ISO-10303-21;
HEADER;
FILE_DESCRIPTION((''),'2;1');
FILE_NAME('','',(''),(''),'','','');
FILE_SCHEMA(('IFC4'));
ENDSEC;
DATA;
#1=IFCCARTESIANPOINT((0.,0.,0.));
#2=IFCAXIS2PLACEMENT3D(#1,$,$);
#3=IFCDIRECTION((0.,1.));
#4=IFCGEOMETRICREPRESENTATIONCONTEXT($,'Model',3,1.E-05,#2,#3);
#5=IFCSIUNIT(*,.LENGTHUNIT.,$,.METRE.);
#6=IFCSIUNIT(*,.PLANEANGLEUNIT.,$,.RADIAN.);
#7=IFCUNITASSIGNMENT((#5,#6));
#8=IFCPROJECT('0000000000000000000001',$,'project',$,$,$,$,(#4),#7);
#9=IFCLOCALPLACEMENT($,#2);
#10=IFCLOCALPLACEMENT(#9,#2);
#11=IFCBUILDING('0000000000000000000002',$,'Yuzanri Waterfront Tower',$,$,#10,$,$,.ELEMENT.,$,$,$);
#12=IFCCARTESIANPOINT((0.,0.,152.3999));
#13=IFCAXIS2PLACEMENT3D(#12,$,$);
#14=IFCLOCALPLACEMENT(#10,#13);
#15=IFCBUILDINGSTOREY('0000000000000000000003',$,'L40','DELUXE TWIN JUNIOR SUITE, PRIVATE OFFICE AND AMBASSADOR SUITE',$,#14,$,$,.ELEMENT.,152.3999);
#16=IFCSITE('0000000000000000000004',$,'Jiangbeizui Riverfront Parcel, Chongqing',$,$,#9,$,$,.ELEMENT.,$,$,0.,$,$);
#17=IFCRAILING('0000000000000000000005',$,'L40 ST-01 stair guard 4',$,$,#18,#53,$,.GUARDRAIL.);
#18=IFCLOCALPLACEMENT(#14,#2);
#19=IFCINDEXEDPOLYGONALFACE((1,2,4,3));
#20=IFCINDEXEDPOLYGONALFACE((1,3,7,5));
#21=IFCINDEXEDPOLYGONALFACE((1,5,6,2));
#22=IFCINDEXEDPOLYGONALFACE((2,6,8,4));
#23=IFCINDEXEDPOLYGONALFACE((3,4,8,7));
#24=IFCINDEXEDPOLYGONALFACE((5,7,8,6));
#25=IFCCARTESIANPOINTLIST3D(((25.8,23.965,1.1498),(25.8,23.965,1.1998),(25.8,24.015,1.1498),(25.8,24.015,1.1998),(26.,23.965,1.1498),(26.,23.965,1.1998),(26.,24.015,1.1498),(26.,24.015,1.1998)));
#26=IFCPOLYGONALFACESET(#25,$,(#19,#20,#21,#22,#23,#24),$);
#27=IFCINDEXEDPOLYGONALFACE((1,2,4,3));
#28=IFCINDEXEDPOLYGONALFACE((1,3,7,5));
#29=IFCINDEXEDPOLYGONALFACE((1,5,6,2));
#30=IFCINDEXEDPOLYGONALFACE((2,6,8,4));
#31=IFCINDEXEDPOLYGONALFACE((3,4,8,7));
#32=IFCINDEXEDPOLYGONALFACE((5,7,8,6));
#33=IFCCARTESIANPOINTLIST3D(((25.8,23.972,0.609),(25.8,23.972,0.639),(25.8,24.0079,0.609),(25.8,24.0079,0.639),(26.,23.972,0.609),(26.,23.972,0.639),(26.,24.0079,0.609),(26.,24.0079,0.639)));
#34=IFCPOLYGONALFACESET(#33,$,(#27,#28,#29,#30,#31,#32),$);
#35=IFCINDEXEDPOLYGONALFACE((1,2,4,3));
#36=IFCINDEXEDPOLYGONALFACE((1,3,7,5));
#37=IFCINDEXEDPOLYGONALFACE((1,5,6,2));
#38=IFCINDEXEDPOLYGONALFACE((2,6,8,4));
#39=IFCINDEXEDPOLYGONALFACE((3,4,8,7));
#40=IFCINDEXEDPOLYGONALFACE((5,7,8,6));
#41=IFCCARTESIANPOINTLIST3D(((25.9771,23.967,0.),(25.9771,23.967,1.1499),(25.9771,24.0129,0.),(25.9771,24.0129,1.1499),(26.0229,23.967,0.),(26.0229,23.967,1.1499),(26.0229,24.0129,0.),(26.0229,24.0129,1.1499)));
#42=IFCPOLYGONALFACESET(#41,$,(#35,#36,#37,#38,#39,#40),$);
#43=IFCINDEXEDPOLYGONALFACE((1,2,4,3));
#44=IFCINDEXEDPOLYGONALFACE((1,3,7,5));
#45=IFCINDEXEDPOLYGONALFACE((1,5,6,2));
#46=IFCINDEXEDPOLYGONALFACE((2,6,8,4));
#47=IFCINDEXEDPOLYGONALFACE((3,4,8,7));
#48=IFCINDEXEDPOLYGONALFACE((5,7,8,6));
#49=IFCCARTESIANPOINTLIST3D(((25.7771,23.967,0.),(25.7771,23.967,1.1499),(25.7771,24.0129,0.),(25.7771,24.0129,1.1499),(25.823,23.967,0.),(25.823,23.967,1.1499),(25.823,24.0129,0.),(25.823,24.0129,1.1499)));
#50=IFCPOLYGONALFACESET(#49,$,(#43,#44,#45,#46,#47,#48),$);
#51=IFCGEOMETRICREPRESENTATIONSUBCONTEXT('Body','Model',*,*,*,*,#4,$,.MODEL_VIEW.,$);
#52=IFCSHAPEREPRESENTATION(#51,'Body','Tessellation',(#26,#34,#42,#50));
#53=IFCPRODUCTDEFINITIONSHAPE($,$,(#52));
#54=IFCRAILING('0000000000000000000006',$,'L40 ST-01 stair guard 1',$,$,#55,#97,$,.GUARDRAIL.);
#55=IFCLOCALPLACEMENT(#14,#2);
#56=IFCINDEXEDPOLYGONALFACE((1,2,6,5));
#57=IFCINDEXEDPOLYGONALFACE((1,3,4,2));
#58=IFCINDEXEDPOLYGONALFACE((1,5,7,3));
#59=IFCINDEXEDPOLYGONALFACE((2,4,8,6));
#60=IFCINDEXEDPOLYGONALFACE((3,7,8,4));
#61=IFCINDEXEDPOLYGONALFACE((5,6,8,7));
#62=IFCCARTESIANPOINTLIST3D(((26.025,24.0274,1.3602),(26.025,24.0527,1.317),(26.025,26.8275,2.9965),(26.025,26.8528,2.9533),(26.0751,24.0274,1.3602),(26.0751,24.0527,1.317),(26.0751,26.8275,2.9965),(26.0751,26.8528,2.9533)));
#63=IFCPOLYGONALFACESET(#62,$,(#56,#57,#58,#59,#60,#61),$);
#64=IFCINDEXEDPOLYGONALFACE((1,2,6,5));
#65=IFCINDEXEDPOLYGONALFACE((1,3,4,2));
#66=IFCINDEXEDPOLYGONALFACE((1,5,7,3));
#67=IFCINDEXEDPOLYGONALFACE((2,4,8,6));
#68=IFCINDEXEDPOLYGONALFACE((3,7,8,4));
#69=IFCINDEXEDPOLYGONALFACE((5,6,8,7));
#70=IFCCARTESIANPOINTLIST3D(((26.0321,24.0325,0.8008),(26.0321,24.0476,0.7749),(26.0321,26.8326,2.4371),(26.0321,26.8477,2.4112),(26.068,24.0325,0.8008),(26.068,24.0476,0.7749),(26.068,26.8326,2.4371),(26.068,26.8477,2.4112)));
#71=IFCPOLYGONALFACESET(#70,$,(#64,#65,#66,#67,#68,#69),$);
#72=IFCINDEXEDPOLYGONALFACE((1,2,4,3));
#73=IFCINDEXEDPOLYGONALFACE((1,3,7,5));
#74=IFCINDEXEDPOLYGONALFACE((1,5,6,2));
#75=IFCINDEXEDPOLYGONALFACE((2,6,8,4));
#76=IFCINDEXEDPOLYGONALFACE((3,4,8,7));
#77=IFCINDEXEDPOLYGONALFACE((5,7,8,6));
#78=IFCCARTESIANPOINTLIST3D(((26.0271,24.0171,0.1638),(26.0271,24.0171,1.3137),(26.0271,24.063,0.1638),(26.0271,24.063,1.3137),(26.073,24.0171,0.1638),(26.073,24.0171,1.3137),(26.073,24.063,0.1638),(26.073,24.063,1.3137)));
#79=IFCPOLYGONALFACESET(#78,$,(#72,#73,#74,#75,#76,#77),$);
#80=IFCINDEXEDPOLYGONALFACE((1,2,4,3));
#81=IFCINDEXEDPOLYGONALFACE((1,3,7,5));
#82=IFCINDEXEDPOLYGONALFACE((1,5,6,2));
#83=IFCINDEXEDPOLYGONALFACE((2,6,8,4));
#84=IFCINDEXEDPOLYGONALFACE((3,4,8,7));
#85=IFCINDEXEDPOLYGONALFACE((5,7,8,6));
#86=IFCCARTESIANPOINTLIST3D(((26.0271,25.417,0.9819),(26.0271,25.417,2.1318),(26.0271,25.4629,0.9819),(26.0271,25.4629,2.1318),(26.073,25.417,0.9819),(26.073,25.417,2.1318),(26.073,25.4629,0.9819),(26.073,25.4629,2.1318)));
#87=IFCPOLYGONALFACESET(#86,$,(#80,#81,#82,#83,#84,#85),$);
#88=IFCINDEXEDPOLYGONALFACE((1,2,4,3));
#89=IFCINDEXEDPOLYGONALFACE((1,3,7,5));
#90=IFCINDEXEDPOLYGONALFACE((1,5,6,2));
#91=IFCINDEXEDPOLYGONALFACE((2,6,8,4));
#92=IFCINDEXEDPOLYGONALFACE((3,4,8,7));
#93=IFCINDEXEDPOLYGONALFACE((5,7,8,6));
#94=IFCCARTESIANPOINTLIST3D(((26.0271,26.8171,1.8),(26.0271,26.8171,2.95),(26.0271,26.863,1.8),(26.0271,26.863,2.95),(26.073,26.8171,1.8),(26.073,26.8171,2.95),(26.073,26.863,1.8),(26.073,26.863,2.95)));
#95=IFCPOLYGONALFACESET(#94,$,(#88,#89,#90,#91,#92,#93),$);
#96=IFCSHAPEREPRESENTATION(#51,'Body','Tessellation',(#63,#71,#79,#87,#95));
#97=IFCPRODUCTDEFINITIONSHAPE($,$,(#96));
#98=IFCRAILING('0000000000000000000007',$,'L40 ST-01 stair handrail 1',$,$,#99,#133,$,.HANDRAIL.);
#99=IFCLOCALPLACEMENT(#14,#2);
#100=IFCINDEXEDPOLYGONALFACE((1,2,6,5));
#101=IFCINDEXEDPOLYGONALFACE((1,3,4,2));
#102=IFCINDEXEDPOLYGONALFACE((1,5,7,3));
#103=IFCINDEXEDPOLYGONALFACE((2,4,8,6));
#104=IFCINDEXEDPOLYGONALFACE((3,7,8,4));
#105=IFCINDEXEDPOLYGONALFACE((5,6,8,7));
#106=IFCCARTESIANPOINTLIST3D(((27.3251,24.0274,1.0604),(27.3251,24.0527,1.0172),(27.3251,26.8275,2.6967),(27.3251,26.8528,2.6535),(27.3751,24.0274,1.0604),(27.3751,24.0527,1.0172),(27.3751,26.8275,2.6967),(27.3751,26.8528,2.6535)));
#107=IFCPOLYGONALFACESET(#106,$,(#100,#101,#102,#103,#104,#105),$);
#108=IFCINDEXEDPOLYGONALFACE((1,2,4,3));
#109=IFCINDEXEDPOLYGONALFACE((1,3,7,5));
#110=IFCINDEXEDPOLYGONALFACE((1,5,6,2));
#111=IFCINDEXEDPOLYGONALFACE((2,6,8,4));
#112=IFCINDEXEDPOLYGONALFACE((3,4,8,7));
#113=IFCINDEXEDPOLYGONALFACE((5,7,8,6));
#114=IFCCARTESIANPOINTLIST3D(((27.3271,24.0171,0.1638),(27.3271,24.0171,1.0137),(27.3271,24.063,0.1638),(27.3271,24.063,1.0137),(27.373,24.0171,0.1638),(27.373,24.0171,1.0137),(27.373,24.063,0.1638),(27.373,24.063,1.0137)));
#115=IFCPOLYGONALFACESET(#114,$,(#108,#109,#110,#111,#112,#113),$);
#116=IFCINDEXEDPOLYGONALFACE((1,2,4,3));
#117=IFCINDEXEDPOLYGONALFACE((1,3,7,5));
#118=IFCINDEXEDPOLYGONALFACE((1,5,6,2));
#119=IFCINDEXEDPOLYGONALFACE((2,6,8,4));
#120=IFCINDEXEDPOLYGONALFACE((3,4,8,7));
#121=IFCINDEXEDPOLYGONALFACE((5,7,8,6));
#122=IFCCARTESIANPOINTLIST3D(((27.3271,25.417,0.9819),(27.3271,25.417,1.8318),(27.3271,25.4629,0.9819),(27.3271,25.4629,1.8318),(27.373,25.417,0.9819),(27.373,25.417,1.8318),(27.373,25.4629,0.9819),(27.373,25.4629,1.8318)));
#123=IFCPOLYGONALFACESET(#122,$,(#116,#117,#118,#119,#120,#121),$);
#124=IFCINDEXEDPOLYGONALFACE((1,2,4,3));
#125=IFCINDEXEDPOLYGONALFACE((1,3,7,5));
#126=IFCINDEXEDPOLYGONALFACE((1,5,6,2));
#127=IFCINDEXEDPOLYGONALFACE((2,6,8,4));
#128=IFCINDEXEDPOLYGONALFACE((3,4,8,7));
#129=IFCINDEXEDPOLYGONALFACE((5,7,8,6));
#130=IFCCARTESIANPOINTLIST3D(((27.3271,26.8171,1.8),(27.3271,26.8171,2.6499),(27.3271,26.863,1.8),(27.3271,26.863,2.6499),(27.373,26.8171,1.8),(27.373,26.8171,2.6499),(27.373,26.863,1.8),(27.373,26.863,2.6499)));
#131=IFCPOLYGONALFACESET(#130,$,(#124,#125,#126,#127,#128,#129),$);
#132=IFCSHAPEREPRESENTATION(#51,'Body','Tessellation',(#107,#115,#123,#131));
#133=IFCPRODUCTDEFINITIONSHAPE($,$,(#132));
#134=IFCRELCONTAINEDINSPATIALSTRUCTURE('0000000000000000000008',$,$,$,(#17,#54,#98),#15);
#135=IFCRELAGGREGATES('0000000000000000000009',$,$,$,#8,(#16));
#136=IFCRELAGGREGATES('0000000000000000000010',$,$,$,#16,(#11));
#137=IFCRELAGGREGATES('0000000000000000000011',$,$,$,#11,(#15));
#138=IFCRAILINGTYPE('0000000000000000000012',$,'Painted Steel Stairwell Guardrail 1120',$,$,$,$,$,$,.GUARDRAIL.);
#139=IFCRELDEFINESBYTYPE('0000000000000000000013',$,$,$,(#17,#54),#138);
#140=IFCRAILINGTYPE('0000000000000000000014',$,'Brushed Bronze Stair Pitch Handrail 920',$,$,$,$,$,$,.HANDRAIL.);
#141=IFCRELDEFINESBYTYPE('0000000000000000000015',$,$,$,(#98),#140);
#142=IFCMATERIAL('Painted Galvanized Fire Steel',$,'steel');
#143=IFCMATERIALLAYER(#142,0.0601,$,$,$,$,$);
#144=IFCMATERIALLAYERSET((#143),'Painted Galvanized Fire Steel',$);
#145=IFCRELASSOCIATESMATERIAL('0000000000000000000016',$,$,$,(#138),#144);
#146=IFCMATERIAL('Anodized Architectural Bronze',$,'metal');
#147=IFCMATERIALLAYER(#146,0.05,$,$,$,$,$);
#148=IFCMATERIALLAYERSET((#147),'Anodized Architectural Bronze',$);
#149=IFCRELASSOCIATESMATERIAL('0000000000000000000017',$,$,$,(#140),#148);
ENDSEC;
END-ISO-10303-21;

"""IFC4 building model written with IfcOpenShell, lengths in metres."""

from ifc_helpers import new_model, si_unit, direction, frame, origin, origin_2d, place, context, subcontext, project, spatial, rectangle, extrude, source, transform, mapped, material, layer, layer_set, type_object, element, save


model = new_model("IFC4")

# Units and contexts
model_context = context("Model", 3, precision=1e-05, world=origin(), true_north=direction((0.0, 1.0)))
body_context = subcontext(model_context, "Body", "Model", "MODEL_VIEW")
ifc_project = project(units=[si_unit("LENGTHUNIT", "METRE"), si_unit("PLANEANGLEUNIT", "RADIAN")], contexts=[model_context])

# Site, building, storey
site_placement = place(None, origin())
site = spatial("IfcSite", under=ifc_project, at=site_placement, Name="Jiangbeizui Riverfront Parcel, Chongqing", CompositionType="ELEMENT", RefElevation=0.0)
building_placement = place(site_placement, origin())
building = spatial("IfcBuilding", under=site, at=building_placement, Name="Yuzanri Waterfront Tower", CompositionType="ELEMENT")
storey_placement = place(building_placement, frame((0.0, 0.0, 152.3999)))
storey = spatial("IfcBuildingStorey", under=building, at=storey_placement, Name="L40", Description="DELUXE TWIN JUNIOR SUITE, PRIVATE OFFICE AND AMBASSADOR SUITE", CompositionType="ELEMENT", Elevation=152.3999)

# Railings
ifc_material_1 = material(Name="Painted Galvanized Fire Steel", Category="steel")
ifc_layer_1 = layer(ifc_material_1, 0.0601)
ifc_layer_set_1 = layer_set([ifc_layer_1], Name="Painted Galvanized Fire Steel")
railing_type_1 = type_object("IfcRailingType", Name="Painted Steel Stairwell Guardrail 1120", PredefinedType="GUARDRAIL", material=ifc_layer_set_1)
shared_shape_1 = source(origin(), body_context, "Body", "SweptSolid", [
    extrude(rectangle(XDim=0.05, YDim=0.05, at=origin_2d()), frame((0.0, 0.0, 1.1748), z_axis=(-1.0, 0.0, 0.0), x_axis=(0.0, -1.0, 0.0)), (0.0, 0.0, 1.0), 0.2),
    extrude(rectangle(XDim=0.0359, YDim=0.03, at=origin_2d()), frame((0.0, 0.0, 0.624), z_axis=(-1.0, 0.0, 0.0), x_axis=(0.0, -1.0, 0.0)), (0.0, 0.0, 1.0), 0.2),
    extrude(rectangle(XDim=0.0459, YDim=0.0459, at=origin_2d()), origin(), (0.0, 0.0, 1.0), 1.1499),
    extrude(rectangle(XDim=0.0459, YDim=0.0459, at=origin_2d()), frame((-0.2, 0.0, 0.0)), (0.0, 0.0, 1.0), 1.1499),
])
railing_1_placement = place(storey_placement, frame((26.0, 23.99, 0.0)))
element("IfcRailing", 1, at=railing_1_placement, inside=storey, type_object=railing_type_1, Name="L40 ST-01 stair guard 4", PredefinedType="GUARDRAIL", context=body_context, shape_type="MappedRepresentation", body=[
    mapped(shared_shape_1, transform((0.0, 0.0, 0.0), scale=1.0)),
])
shared_shape_2 = source(origin(), body_context, "Body", "SweptSolid", [
    extrude(rectangle(XDim=0.05, YDim=0.05, at=origin_2d()), frame((0.0, 0.0, 1.1748), z_axis=(0.0, 0.863394, 0.504531), x_axis=(-1.0, 0.0, 0.0)), (0.0, 0.0, 1.0), 3.2432),
    extrude(rectangle(XDim=0.0359, YDim=0.03, at=origin_2d()), frame((0.0, 0.0, 0.624), z_axis=(0.0, 0.863394, 0.504531), x_axis=(-1.0, 0.0, 0.0)), (0.0, 0.0, 1.0), 3.2432),
    extrude(rectangle(XDim=0.0459, YDim=0.0459, at=origin_2d()), origin(), (0.0, 0.0, 1.0), 1.1499),
    extrude(rectangle(XDim=0.0459, YDim=0.0459, at=origin_2d()), frame((0.0, 1.3999, 0.8181)), (0.0, 0.0, 1.0), 1.1499),
    extrude(rectangle(XDim=0.0459, YDim=0.0459, at=origin_2d()), frame((0.0, 2.8, 1.6362)), (0.0, 0.0, 1.0), 1.1499),
])
railing_2_placement = place(storey_placement, frame((26.05, 24.04, 0.1638)))
element("IfcRailing", 2, at=railing_2_placement, inside=storey, type_object=railing_type_1, Name="L40 ST-01 stair guard 1", PredefinedType="GUARDRAIL", context=body_context, shape_type="MappedRepresentation", body=[
    mapped(shared_shape_2, transform((0.0, 0.0, 0.0), scale=1.0)),
])
ifc_material_2 = material(Name="Anodized Architectural Bronze", Category="metal")
ifc_layer_2 = layer(ifc_material_2, 0.05)
ifc_layer_set_2 = layer_set([ifc_layer_2], Name="Anodized Architectural Bronze")
railing_type_2 = type_object("IfcRailingType", Name="Brushed Bronze Stair Pitch Handrail 920", PredefinedType="HANDRAIL", material=ifc_layer_set_2)
shared_shape_3 = source(origin(), body_context, "Body", "SweptSolid", [
    extrude(rectangle(XDim=0.05, YDim=0.05, at=origin_2d()), frame((0.0, 0.0, 0.875), z_axis=(0.0, 0.863394, 0.504531), x_axis=(-1.0, 0.0, 0.0)), (0.0, 0.0, 1.0), 3.2432),
    extrude(rectangle(XDim=0.0459, YDim=0.0459, at=origin_2d()), origin(), (0.0, 0.0, 1.0), 0.8499),
    extrude(rectangle(XDim=0.0459, YDim=0.0459, at=origin_2d()), frame((0.0, 1.3999, 0.8181)), (0.0, 0.0, 1.0), 0.8499),
    extrude(rectangle(XDim=0.0459, YDim=0.0459, at=origin_2d()), frame((0.0, 2.8, 1.6362)), (0.0, 0.0, 1.0), 0.8499),
])
railing_3_placement = place(storey_placement, frame((27.3501, 24.04, 0.1638)))
element("IfcRailing", 3, at=railing_3_placement, inside=storey, type_object=railing_type_2, Name="L40 ST-01 stair handrail 1", PredefinedType="HANDRAIL", context=body_context, shape_type="MappedRepresentation", body=[
    mapped(shared_shape_3, transform((0.0, 0.0, 0.0), scale=1.0)),
])

save(model, "model.ifc")
